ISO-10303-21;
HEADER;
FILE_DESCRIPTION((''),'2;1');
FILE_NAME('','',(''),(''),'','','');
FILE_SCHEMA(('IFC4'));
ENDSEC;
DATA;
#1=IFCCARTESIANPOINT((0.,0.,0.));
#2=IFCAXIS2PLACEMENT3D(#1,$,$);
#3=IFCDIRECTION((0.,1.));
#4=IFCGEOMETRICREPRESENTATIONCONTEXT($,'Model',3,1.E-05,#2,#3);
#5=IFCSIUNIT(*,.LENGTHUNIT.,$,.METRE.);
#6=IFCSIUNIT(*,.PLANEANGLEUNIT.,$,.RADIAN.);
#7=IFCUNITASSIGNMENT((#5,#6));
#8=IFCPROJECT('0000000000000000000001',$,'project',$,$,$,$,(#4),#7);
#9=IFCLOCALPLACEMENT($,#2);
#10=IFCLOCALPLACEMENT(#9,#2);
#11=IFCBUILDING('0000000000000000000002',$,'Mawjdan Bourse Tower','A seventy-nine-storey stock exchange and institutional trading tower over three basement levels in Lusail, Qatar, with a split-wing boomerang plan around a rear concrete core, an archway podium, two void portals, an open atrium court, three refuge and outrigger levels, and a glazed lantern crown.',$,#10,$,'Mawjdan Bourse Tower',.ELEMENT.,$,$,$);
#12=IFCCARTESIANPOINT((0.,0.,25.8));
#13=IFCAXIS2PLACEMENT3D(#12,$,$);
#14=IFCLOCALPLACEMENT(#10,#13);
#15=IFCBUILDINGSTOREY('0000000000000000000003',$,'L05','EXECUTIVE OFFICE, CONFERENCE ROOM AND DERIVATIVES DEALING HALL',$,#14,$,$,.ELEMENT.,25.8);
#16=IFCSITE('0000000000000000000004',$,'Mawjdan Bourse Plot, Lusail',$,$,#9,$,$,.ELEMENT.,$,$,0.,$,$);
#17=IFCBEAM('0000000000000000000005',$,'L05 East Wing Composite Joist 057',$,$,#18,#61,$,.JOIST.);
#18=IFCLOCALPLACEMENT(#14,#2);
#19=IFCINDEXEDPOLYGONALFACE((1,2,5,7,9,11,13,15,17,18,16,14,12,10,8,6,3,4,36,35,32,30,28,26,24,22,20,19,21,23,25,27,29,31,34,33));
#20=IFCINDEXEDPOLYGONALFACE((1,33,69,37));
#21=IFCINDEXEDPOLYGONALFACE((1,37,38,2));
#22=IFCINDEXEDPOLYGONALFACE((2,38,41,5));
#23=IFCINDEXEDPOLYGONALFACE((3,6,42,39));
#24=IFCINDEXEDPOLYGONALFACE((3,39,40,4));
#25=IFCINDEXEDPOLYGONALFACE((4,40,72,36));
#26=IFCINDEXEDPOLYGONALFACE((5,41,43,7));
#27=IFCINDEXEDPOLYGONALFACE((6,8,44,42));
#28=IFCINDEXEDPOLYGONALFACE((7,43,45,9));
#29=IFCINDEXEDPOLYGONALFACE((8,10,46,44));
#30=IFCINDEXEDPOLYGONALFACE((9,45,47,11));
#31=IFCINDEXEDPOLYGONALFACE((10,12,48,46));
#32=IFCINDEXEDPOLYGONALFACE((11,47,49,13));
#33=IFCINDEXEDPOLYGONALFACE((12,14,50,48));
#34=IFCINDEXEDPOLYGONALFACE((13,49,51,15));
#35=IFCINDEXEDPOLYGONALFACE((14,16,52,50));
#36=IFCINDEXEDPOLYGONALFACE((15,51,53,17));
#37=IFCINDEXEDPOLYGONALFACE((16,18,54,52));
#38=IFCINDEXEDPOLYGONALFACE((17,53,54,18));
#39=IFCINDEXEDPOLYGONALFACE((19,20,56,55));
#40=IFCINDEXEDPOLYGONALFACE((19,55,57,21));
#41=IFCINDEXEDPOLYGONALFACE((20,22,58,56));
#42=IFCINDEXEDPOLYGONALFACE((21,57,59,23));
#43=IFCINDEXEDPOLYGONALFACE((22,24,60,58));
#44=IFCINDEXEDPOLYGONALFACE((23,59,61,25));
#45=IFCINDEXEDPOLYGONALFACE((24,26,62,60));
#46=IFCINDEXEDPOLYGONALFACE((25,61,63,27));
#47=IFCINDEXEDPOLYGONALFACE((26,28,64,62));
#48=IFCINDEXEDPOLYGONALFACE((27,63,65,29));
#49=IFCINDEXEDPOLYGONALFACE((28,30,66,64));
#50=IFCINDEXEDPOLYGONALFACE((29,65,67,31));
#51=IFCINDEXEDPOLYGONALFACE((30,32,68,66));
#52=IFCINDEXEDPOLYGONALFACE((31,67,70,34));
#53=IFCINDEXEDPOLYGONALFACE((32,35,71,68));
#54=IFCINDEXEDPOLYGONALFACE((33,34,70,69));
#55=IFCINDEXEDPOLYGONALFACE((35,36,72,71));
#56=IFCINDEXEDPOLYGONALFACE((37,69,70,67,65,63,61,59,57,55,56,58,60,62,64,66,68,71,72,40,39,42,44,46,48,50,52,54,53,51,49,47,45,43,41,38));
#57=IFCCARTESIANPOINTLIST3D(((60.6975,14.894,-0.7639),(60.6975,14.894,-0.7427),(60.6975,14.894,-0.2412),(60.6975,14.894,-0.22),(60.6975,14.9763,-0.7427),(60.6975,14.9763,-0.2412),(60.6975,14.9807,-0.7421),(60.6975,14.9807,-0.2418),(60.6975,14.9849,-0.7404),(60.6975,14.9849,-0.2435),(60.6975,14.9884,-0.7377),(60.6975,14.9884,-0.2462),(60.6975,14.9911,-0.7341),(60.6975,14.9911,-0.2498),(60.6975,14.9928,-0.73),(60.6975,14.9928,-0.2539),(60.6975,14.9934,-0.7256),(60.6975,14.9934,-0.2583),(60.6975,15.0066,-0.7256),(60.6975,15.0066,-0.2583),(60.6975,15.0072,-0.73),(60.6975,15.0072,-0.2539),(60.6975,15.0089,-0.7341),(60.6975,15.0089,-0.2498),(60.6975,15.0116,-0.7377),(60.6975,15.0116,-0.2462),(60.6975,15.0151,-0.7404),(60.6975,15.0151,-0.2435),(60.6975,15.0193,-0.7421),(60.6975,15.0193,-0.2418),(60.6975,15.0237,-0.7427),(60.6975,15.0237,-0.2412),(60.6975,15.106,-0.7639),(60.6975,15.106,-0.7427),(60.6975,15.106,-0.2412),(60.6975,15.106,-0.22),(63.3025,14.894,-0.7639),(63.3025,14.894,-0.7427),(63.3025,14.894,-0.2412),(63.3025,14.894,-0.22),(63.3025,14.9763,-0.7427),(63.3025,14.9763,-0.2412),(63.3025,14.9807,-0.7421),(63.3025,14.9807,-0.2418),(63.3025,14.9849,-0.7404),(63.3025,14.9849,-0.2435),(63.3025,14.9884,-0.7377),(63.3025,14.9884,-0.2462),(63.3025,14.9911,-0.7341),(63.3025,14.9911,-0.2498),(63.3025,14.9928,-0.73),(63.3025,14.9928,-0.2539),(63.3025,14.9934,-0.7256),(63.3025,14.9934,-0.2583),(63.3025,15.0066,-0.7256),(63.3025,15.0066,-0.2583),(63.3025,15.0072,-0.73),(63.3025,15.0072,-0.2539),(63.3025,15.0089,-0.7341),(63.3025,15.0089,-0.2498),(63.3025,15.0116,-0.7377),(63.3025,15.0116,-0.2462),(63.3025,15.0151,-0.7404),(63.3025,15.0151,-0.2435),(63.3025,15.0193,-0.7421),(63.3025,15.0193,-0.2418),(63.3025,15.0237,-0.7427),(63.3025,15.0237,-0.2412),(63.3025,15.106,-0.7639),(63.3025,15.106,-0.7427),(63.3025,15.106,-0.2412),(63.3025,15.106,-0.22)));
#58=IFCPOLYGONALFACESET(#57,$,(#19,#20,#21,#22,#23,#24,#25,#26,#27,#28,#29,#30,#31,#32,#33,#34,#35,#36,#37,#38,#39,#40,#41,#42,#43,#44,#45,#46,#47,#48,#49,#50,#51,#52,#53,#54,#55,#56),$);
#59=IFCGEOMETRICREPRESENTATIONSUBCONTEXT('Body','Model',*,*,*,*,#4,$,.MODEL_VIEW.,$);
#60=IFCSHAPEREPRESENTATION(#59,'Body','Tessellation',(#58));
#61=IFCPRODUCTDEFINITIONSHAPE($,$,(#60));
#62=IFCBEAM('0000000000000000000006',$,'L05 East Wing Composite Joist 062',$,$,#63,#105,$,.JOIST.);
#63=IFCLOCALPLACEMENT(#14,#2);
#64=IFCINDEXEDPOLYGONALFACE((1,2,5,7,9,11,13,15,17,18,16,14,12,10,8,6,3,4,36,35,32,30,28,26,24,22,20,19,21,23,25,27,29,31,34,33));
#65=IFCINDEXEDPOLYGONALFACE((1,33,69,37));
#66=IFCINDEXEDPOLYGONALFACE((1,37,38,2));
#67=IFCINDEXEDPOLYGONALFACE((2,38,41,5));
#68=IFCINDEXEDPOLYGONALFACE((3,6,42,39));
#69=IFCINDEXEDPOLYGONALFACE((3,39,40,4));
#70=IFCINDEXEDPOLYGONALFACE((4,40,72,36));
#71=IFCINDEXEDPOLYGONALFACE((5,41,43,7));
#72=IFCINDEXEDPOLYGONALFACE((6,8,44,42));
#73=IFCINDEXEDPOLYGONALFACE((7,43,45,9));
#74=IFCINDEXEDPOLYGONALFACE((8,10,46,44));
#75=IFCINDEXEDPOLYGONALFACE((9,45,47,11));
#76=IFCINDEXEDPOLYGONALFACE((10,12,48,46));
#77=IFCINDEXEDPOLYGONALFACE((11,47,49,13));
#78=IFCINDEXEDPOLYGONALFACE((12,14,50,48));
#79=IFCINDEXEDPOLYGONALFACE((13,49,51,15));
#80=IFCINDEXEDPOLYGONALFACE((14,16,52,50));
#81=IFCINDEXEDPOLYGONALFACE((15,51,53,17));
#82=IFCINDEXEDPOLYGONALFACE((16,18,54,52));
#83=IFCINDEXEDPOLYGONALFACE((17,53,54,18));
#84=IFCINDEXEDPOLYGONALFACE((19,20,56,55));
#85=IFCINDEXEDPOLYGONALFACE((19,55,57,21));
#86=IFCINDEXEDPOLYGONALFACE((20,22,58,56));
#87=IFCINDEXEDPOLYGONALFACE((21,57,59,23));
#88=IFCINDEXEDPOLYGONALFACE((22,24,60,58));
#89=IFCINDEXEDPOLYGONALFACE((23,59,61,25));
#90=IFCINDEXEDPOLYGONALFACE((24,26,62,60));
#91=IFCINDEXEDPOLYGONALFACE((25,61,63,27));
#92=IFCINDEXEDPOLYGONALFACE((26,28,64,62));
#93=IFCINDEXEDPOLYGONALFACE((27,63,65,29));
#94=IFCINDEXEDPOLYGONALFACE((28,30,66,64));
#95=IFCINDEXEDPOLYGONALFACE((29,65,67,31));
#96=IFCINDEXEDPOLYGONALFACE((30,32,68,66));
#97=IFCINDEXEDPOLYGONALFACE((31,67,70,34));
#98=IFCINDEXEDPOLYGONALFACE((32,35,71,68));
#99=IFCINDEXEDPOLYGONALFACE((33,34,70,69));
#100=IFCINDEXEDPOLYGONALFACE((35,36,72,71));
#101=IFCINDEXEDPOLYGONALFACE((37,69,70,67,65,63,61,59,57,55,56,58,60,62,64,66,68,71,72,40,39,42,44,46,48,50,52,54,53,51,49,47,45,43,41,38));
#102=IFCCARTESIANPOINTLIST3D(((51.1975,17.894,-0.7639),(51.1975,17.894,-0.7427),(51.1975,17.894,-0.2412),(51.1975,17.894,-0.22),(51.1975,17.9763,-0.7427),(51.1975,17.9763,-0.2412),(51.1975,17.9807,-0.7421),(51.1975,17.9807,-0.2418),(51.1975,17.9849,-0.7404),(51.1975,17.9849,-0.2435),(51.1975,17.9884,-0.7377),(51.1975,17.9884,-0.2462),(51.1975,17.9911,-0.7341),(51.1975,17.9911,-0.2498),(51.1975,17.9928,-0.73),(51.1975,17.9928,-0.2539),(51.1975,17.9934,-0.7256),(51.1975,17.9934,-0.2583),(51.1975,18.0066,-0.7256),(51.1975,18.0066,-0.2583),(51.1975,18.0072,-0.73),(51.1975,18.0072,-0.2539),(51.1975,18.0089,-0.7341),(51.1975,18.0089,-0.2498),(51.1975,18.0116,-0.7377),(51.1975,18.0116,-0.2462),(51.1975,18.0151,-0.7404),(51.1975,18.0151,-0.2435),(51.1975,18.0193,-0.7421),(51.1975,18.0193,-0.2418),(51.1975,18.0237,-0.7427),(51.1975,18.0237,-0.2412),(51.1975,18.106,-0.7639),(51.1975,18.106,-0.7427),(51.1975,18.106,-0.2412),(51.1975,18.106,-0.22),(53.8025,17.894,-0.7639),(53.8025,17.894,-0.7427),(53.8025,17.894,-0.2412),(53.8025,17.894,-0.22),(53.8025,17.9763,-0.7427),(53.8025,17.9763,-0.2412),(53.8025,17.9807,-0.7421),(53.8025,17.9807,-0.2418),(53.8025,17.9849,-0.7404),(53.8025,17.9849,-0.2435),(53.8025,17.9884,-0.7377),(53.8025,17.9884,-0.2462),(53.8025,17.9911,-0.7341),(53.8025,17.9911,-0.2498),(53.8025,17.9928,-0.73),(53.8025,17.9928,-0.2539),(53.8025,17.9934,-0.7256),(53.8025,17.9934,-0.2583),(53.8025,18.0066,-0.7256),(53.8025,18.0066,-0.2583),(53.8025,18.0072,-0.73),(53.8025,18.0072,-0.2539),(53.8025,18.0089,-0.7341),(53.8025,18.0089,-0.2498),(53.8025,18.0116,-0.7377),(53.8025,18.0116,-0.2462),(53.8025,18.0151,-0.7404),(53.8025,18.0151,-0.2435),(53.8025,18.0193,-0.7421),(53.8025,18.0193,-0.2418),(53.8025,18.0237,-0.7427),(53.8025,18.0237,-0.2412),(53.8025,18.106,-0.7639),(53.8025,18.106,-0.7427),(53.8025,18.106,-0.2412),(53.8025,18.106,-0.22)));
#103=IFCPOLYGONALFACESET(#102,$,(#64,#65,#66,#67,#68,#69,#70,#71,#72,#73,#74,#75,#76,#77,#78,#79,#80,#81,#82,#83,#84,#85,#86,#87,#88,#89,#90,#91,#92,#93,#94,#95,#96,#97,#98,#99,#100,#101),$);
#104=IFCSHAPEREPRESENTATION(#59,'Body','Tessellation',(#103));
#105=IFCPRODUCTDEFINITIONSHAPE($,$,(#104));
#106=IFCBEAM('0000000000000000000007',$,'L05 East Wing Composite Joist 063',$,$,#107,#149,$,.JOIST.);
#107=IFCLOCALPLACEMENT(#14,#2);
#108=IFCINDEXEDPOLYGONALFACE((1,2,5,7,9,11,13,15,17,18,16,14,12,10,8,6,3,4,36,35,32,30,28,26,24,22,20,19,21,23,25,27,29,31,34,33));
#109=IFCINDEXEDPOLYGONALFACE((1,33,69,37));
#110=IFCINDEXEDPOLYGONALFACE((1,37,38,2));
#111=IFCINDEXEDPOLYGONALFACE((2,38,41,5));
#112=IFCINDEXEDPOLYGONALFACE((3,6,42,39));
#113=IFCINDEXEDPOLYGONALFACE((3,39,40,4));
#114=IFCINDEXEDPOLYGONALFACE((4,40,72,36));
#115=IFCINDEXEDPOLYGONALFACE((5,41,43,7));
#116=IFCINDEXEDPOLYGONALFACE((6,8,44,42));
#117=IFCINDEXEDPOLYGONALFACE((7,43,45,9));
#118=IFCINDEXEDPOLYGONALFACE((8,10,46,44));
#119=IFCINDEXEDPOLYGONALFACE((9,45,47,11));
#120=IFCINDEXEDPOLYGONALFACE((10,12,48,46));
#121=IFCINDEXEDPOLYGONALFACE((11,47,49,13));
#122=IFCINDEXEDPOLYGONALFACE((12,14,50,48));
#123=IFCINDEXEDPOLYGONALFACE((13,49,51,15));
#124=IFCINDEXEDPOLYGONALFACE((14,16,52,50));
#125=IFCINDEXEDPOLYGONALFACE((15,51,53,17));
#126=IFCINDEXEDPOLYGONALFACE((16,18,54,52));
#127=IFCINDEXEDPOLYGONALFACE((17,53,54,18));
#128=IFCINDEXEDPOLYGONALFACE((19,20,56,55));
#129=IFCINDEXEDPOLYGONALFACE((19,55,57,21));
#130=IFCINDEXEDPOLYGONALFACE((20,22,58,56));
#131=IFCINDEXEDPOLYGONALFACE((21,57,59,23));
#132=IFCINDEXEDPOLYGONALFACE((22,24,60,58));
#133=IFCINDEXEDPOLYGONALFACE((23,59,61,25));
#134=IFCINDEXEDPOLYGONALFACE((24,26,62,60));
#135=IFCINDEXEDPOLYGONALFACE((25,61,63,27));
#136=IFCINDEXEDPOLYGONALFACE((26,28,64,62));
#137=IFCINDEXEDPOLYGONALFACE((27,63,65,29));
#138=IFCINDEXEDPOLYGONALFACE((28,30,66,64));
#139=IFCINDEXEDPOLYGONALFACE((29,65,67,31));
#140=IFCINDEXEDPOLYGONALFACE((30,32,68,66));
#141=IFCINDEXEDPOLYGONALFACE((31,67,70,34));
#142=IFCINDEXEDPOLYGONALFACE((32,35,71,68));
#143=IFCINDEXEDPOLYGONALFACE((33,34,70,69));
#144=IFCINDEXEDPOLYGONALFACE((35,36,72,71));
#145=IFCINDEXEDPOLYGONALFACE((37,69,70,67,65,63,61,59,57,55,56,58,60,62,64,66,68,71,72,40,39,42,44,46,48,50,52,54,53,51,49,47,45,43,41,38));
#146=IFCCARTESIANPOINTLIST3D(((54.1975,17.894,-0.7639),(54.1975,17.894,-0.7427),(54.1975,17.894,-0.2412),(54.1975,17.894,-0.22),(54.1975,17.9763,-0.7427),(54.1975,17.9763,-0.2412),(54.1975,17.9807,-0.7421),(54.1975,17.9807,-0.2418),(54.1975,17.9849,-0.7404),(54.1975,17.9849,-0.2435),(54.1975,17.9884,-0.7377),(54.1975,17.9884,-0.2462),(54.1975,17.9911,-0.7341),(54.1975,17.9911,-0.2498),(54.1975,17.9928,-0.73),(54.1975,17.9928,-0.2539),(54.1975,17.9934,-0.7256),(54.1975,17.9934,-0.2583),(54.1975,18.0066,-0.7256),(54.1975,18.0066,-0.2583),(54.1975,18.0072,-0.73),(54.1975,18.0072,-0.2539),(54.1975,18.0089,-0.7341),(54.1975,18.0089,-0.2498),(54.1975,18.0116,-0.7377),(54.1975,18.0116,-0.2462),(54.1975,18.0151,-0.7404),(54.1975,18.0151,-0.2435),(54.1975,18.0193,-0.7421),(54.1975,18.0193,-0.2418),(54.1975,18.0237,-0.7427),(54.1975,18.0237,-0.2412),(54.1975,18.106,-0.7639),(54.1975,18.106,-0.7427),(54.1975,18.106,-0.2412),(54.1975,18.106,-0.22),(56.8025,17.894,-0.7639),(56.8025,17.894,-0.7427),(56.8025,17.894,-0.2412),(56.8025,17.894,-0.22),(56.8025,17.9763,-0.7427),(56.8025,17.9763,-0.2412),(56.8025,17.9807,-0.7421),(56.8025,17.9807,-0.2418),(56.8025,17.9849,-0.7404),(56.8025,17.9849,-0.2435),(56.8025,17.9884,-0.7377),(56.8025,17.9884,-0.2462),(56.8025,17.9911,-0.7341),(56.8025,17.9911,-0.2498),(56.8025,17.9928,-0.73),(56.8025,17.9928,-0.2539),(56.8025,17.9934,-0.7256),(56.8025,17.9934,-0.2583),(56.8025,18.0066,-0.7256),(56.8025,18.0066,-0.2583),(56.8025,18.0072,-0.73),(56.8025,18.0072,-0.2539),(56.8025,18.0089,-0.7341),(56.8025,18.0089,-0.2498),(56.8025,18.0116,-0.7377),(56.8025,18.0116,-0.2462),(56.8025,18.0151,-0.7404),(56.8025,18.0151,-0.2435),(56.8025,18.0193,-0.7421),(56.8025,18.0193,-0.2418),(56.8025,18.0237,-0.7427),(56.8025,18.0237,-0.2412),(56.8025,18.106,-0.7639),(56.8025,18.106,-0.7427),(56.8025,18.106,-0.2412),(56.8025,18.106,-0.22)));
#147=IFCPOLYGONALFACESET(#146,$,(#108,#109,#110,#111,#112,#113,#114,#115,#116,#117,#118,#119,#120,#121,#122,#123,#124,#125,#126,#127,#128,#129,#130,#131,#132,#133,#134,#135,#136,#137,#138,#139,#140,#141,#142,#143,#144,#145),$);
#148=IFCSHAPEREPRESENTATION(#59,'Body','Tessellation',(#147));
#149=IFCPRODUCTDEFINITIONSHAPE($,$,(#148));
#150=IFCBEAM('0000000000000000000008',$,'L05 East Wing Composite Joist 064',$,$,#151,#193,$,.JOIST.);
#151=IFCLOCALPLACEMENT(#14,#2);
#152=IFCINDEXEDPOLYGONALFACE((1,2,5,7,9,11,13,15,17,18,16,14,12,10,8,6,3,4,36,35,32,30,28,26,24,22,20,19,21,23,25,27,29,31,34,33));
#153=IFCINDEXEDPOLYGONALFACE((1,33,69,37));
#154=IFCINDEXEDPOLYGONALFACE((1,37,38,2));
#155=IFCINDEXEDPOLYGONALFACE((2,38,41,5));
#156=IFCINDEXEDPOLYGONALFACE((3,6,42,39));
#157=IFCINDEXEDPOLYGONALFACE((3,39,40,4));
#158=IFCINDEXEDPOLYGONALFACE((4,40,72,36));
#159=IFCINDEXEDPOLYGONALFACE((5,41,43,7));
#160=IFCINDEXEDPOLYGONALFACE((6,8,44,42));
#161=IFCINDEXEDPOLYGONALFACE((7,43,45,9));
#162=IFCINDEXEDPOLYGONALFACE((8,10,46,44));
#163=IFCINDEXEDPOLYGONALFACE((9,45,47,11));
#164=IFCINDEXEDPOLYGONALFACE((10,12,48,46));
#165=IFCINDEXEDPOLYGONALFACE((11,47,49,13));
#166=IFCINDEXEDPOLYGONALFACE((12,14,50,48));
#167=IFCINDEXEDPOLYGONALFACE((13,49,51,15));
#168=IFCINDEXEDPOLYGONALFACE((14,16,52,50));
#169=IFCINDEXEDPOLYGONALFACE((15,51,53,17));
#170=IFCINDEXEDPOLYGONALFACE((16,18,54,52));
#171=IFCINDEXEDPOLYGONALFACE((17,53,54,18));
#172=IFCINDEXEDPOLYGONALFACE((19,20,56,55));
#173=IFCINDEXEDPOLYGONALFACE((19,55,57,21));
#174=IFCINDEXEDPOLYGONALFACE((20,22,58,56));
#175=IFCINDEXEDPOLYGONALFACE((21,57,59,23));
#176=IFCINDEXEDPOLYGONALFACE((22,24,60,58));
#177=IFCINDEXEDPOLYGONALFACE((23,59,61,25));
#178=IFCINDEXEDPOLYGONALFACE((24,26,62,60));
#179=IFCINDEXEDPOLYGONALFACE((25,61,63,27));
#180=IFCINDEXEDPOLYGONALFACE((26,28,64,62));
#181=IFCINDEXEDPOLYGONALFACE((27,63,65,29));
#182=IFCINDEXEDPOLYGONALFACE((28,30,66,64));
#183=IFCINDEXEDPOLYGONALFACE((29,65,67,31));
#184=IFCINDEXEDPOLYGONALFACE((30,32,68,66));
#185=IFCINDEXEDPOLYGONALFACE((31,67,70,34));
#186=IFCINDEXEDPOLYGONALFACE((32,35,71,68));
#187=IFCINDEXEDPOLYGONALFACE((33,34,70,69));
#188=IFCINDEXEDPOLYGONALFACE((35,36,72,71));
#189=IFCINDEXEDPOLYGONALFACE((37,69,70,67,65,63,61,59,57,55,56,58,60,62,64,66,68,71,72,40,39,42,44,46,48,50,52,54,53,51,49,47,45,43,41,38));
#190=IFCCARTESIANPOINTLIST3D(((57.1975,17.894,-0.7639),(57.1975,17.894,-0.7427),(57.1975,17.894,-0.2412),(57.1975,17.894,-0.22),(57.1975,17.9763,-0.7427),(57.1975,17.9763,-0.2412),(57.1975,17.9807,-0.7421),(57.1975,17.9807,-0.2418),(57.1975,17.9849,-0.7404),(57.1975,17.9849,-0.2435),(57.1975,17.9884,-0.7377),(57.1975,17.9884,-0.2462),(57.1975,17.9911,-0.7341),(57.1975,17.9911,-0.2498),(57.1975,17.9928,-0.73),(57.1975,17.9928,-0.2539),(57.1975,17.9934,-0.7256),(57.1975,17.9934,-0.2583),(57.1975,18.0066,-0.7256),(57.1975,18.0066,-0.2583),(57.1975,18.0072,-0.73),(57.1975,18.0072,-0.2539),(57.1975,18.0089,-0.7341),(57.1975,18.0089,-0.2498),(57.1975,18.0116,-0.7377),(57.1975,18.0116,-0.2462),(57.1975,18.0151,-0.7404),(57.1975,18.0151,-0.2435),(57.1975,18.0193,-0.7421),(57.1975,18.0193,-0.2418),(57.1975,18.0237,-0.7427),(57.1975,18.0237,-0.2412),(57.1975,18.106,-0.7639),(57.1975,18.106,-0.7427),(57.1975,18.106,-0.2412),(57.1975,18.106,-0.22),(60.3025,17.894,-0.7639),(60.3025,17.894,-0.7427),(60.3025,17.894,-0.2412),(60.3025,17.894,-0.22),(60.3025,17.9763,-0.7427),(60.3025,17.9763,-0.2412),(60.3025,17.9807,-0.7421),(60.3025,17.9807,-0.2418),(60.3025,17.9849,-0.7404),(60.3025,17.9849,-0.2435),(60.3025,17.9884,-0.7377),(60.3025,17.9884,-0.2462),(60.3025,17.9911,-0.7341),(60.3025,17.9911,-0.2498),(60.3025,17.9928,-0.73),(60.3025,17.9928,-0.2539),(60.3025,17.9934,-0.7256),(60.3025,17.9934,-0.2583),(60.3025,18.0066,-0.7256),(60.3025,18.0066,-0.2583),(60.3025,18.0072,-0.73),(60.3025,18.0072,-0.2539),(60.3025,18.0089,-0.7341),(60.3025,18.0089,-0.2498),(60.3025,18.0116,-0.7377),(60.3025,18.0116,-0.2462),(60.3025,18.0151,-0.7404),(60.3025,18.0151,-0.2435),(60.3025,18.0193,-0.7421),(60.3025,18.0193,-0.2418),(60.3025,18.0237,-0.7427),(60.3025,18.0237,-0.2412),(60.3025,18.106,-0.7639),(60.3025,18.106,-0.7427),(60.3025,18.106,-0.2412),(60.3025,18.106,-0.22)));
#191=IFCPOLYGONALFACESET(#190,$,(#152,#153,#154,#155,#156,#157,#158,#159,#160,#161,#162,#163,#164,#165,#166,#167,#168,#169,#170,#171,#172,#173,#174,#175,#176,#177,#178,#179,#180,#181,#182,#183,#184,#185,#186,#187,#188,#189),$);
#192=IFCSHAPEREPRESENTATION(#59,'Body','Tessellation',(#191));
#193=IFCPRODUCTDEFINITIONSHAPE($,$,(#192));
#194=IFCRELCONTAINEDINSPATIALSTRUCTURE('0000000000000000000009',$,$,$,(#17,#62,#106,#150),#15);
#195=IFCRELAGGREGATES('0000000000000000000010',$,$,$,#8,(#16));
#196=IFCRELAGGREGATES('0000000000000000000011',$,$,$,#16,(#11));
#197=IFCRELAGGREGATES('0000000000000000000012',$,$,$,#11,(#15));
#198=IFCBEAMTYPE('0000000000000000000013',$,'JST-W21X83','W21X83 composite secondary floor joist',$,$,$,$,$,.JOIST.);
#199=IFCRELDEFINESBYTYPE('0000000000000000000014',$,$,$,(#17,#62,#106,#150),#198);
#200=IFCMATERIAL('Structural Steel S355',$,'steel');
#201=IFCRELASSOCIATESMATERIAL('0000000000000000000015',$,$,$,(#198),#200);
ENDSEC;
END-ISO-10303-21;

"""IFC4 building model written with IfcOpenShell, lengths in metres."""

from ifc_helpers import new_model, si_unit, direction, frame, origin, origin_2d, place, context, subcontext, project, spatial, i_section, extrude, material, material_profile, profile_set, type_object, element, save


model = new_model("IFC4")

# Units and contexts
model_context = context("Model", 3, precision=1e-05, world=origin(), true_north=direction((0.0, 1.0)))
body_context = subcontext(model_context, "Body", "Model", "MODEL_VIEW")
ifc_project = project(units=[si_unit("LENGTHUNIT", "METRE"), si_unit("PLANEANGLEUNIT", "RADIAN")], contexts=[model_context])

# Site, building, storey
site_placement = place(None, origin())
site = spatial("IfcSite", under=ifc_project, at=site_placement, Name="Mawjdan Bourse Plot, Lusail", CompositionType="ELEMENT", RefElevation=0.0)
building_placement = place(site_placement, origin())
building = spatial("IfcBuilding", under=site, at=building_placement, Name="Mawjdan Bourse Tower", Description="A seventy-nine-storey stock exchange and institutional trading tower over three basement levels in Lusail, Qatar, with a split-wing boomerang plan around a rear concrete core, an archway podium, two void portals, an open atrium court, three refuge and outrigger levels, and a glazed lantern crown.", LongName="Mawjdan Bourse Tower", CompositionType="ELEMENT")
storey_placement = place(building_placement, frame((0.0, 0.0, 25.8)))
storey = spatial("IfcBuildingStorey", under=building, at=storey_placement, Name="L05", Description="EXECUTIVE OFFICE, CONFERENCE ROOM AND DERIVATIVES DEALING HALL", CompositionType="ELEMENT", Elevation=25.8)

# Beams
ifc_material_1 = material(Name="Structural Steel S355", Category="steel")
ifc_material_profile_1 = material_profile(ifc_material_1, i_section(OverallWidth=0.2119, OverallDepth=0.5439, WebThickness=0.0132, FlangeThickness=0.0212, FilletRadius=0.0171, at=origin_2d()), Name="W21X83")
ifc_profile_set_1 = profile_set([ifc_material_profile_1], Name="Structural Steel S355")
beam_type_1 = type_object("IfcBeamType", Name="JST-W21X83", Description="W21X83 composite secondary floor joist", PredefinedType="JOIST", material=ifc_profile_set_1)
for number, where, z_axis, x_axis, name in (
    (1, (60.6975, 15.0, -0.4919), (1.0, 0.0, 0.0), (0.0, 1.0, 0.0), "L05 East Wing Composite Joist 057"),
    (2, (51.1975, 18.0, -0.4919), (1.0, 0.0, 0.0), (0.0, 1.0, 0.0), "L05 East Wing Composite Joist 062"),
    (3, (54.1975, 18.0, -0.4919), (1.0, 0.0, 0.0), (0.0, 1.0, 0.0), "L05 East Wing Composite Joist 063"),
):
    element("IfcBeam", number, at=place(storey_placement, frame(where, z_axis=z_axis, x_axis=x_axis)), inside=storey, type_object=beam_type_1, Name=name, PredefinedType="JOIST", context=body_context, shape_type="SweptSolid", body=[
        extrude(i_section(OverallWidth=0.2119, OverallDepth=0.5439, WebThickness=0.0132, FlangeThickness=0.0212, FilletRadius=0.0171, at=origin_2d()), origin(), (0.0, 0.0, 1.0), 2.605),
    ])
beam_1_placement = place(storey_placement, frame((57.1975, 18.0, -0.4919), z_axis=(1.0, 0.0, 0.0), x_axis=(0.0, 1.0, 0.0)))
element("IfcBeam", 4, at=beam_1_placement, inside=storey, type_object=beam_type_1, Name="L05 East Wing Composite Joist 064", PredefinedType="JOIST", context=body_context, shape_type="SweptSolid", body=[
    extrude(i_section(OverallWidth=0.2119, OverallDepth=0.5439, WebThickness=0.0132, FlangeThickness=0.0212, FilletRadius=0.0171, at=origin_2d()), origin(), (0.0, 0.0, 1.0), 3.105),
])

save(model, "model.ifc")
